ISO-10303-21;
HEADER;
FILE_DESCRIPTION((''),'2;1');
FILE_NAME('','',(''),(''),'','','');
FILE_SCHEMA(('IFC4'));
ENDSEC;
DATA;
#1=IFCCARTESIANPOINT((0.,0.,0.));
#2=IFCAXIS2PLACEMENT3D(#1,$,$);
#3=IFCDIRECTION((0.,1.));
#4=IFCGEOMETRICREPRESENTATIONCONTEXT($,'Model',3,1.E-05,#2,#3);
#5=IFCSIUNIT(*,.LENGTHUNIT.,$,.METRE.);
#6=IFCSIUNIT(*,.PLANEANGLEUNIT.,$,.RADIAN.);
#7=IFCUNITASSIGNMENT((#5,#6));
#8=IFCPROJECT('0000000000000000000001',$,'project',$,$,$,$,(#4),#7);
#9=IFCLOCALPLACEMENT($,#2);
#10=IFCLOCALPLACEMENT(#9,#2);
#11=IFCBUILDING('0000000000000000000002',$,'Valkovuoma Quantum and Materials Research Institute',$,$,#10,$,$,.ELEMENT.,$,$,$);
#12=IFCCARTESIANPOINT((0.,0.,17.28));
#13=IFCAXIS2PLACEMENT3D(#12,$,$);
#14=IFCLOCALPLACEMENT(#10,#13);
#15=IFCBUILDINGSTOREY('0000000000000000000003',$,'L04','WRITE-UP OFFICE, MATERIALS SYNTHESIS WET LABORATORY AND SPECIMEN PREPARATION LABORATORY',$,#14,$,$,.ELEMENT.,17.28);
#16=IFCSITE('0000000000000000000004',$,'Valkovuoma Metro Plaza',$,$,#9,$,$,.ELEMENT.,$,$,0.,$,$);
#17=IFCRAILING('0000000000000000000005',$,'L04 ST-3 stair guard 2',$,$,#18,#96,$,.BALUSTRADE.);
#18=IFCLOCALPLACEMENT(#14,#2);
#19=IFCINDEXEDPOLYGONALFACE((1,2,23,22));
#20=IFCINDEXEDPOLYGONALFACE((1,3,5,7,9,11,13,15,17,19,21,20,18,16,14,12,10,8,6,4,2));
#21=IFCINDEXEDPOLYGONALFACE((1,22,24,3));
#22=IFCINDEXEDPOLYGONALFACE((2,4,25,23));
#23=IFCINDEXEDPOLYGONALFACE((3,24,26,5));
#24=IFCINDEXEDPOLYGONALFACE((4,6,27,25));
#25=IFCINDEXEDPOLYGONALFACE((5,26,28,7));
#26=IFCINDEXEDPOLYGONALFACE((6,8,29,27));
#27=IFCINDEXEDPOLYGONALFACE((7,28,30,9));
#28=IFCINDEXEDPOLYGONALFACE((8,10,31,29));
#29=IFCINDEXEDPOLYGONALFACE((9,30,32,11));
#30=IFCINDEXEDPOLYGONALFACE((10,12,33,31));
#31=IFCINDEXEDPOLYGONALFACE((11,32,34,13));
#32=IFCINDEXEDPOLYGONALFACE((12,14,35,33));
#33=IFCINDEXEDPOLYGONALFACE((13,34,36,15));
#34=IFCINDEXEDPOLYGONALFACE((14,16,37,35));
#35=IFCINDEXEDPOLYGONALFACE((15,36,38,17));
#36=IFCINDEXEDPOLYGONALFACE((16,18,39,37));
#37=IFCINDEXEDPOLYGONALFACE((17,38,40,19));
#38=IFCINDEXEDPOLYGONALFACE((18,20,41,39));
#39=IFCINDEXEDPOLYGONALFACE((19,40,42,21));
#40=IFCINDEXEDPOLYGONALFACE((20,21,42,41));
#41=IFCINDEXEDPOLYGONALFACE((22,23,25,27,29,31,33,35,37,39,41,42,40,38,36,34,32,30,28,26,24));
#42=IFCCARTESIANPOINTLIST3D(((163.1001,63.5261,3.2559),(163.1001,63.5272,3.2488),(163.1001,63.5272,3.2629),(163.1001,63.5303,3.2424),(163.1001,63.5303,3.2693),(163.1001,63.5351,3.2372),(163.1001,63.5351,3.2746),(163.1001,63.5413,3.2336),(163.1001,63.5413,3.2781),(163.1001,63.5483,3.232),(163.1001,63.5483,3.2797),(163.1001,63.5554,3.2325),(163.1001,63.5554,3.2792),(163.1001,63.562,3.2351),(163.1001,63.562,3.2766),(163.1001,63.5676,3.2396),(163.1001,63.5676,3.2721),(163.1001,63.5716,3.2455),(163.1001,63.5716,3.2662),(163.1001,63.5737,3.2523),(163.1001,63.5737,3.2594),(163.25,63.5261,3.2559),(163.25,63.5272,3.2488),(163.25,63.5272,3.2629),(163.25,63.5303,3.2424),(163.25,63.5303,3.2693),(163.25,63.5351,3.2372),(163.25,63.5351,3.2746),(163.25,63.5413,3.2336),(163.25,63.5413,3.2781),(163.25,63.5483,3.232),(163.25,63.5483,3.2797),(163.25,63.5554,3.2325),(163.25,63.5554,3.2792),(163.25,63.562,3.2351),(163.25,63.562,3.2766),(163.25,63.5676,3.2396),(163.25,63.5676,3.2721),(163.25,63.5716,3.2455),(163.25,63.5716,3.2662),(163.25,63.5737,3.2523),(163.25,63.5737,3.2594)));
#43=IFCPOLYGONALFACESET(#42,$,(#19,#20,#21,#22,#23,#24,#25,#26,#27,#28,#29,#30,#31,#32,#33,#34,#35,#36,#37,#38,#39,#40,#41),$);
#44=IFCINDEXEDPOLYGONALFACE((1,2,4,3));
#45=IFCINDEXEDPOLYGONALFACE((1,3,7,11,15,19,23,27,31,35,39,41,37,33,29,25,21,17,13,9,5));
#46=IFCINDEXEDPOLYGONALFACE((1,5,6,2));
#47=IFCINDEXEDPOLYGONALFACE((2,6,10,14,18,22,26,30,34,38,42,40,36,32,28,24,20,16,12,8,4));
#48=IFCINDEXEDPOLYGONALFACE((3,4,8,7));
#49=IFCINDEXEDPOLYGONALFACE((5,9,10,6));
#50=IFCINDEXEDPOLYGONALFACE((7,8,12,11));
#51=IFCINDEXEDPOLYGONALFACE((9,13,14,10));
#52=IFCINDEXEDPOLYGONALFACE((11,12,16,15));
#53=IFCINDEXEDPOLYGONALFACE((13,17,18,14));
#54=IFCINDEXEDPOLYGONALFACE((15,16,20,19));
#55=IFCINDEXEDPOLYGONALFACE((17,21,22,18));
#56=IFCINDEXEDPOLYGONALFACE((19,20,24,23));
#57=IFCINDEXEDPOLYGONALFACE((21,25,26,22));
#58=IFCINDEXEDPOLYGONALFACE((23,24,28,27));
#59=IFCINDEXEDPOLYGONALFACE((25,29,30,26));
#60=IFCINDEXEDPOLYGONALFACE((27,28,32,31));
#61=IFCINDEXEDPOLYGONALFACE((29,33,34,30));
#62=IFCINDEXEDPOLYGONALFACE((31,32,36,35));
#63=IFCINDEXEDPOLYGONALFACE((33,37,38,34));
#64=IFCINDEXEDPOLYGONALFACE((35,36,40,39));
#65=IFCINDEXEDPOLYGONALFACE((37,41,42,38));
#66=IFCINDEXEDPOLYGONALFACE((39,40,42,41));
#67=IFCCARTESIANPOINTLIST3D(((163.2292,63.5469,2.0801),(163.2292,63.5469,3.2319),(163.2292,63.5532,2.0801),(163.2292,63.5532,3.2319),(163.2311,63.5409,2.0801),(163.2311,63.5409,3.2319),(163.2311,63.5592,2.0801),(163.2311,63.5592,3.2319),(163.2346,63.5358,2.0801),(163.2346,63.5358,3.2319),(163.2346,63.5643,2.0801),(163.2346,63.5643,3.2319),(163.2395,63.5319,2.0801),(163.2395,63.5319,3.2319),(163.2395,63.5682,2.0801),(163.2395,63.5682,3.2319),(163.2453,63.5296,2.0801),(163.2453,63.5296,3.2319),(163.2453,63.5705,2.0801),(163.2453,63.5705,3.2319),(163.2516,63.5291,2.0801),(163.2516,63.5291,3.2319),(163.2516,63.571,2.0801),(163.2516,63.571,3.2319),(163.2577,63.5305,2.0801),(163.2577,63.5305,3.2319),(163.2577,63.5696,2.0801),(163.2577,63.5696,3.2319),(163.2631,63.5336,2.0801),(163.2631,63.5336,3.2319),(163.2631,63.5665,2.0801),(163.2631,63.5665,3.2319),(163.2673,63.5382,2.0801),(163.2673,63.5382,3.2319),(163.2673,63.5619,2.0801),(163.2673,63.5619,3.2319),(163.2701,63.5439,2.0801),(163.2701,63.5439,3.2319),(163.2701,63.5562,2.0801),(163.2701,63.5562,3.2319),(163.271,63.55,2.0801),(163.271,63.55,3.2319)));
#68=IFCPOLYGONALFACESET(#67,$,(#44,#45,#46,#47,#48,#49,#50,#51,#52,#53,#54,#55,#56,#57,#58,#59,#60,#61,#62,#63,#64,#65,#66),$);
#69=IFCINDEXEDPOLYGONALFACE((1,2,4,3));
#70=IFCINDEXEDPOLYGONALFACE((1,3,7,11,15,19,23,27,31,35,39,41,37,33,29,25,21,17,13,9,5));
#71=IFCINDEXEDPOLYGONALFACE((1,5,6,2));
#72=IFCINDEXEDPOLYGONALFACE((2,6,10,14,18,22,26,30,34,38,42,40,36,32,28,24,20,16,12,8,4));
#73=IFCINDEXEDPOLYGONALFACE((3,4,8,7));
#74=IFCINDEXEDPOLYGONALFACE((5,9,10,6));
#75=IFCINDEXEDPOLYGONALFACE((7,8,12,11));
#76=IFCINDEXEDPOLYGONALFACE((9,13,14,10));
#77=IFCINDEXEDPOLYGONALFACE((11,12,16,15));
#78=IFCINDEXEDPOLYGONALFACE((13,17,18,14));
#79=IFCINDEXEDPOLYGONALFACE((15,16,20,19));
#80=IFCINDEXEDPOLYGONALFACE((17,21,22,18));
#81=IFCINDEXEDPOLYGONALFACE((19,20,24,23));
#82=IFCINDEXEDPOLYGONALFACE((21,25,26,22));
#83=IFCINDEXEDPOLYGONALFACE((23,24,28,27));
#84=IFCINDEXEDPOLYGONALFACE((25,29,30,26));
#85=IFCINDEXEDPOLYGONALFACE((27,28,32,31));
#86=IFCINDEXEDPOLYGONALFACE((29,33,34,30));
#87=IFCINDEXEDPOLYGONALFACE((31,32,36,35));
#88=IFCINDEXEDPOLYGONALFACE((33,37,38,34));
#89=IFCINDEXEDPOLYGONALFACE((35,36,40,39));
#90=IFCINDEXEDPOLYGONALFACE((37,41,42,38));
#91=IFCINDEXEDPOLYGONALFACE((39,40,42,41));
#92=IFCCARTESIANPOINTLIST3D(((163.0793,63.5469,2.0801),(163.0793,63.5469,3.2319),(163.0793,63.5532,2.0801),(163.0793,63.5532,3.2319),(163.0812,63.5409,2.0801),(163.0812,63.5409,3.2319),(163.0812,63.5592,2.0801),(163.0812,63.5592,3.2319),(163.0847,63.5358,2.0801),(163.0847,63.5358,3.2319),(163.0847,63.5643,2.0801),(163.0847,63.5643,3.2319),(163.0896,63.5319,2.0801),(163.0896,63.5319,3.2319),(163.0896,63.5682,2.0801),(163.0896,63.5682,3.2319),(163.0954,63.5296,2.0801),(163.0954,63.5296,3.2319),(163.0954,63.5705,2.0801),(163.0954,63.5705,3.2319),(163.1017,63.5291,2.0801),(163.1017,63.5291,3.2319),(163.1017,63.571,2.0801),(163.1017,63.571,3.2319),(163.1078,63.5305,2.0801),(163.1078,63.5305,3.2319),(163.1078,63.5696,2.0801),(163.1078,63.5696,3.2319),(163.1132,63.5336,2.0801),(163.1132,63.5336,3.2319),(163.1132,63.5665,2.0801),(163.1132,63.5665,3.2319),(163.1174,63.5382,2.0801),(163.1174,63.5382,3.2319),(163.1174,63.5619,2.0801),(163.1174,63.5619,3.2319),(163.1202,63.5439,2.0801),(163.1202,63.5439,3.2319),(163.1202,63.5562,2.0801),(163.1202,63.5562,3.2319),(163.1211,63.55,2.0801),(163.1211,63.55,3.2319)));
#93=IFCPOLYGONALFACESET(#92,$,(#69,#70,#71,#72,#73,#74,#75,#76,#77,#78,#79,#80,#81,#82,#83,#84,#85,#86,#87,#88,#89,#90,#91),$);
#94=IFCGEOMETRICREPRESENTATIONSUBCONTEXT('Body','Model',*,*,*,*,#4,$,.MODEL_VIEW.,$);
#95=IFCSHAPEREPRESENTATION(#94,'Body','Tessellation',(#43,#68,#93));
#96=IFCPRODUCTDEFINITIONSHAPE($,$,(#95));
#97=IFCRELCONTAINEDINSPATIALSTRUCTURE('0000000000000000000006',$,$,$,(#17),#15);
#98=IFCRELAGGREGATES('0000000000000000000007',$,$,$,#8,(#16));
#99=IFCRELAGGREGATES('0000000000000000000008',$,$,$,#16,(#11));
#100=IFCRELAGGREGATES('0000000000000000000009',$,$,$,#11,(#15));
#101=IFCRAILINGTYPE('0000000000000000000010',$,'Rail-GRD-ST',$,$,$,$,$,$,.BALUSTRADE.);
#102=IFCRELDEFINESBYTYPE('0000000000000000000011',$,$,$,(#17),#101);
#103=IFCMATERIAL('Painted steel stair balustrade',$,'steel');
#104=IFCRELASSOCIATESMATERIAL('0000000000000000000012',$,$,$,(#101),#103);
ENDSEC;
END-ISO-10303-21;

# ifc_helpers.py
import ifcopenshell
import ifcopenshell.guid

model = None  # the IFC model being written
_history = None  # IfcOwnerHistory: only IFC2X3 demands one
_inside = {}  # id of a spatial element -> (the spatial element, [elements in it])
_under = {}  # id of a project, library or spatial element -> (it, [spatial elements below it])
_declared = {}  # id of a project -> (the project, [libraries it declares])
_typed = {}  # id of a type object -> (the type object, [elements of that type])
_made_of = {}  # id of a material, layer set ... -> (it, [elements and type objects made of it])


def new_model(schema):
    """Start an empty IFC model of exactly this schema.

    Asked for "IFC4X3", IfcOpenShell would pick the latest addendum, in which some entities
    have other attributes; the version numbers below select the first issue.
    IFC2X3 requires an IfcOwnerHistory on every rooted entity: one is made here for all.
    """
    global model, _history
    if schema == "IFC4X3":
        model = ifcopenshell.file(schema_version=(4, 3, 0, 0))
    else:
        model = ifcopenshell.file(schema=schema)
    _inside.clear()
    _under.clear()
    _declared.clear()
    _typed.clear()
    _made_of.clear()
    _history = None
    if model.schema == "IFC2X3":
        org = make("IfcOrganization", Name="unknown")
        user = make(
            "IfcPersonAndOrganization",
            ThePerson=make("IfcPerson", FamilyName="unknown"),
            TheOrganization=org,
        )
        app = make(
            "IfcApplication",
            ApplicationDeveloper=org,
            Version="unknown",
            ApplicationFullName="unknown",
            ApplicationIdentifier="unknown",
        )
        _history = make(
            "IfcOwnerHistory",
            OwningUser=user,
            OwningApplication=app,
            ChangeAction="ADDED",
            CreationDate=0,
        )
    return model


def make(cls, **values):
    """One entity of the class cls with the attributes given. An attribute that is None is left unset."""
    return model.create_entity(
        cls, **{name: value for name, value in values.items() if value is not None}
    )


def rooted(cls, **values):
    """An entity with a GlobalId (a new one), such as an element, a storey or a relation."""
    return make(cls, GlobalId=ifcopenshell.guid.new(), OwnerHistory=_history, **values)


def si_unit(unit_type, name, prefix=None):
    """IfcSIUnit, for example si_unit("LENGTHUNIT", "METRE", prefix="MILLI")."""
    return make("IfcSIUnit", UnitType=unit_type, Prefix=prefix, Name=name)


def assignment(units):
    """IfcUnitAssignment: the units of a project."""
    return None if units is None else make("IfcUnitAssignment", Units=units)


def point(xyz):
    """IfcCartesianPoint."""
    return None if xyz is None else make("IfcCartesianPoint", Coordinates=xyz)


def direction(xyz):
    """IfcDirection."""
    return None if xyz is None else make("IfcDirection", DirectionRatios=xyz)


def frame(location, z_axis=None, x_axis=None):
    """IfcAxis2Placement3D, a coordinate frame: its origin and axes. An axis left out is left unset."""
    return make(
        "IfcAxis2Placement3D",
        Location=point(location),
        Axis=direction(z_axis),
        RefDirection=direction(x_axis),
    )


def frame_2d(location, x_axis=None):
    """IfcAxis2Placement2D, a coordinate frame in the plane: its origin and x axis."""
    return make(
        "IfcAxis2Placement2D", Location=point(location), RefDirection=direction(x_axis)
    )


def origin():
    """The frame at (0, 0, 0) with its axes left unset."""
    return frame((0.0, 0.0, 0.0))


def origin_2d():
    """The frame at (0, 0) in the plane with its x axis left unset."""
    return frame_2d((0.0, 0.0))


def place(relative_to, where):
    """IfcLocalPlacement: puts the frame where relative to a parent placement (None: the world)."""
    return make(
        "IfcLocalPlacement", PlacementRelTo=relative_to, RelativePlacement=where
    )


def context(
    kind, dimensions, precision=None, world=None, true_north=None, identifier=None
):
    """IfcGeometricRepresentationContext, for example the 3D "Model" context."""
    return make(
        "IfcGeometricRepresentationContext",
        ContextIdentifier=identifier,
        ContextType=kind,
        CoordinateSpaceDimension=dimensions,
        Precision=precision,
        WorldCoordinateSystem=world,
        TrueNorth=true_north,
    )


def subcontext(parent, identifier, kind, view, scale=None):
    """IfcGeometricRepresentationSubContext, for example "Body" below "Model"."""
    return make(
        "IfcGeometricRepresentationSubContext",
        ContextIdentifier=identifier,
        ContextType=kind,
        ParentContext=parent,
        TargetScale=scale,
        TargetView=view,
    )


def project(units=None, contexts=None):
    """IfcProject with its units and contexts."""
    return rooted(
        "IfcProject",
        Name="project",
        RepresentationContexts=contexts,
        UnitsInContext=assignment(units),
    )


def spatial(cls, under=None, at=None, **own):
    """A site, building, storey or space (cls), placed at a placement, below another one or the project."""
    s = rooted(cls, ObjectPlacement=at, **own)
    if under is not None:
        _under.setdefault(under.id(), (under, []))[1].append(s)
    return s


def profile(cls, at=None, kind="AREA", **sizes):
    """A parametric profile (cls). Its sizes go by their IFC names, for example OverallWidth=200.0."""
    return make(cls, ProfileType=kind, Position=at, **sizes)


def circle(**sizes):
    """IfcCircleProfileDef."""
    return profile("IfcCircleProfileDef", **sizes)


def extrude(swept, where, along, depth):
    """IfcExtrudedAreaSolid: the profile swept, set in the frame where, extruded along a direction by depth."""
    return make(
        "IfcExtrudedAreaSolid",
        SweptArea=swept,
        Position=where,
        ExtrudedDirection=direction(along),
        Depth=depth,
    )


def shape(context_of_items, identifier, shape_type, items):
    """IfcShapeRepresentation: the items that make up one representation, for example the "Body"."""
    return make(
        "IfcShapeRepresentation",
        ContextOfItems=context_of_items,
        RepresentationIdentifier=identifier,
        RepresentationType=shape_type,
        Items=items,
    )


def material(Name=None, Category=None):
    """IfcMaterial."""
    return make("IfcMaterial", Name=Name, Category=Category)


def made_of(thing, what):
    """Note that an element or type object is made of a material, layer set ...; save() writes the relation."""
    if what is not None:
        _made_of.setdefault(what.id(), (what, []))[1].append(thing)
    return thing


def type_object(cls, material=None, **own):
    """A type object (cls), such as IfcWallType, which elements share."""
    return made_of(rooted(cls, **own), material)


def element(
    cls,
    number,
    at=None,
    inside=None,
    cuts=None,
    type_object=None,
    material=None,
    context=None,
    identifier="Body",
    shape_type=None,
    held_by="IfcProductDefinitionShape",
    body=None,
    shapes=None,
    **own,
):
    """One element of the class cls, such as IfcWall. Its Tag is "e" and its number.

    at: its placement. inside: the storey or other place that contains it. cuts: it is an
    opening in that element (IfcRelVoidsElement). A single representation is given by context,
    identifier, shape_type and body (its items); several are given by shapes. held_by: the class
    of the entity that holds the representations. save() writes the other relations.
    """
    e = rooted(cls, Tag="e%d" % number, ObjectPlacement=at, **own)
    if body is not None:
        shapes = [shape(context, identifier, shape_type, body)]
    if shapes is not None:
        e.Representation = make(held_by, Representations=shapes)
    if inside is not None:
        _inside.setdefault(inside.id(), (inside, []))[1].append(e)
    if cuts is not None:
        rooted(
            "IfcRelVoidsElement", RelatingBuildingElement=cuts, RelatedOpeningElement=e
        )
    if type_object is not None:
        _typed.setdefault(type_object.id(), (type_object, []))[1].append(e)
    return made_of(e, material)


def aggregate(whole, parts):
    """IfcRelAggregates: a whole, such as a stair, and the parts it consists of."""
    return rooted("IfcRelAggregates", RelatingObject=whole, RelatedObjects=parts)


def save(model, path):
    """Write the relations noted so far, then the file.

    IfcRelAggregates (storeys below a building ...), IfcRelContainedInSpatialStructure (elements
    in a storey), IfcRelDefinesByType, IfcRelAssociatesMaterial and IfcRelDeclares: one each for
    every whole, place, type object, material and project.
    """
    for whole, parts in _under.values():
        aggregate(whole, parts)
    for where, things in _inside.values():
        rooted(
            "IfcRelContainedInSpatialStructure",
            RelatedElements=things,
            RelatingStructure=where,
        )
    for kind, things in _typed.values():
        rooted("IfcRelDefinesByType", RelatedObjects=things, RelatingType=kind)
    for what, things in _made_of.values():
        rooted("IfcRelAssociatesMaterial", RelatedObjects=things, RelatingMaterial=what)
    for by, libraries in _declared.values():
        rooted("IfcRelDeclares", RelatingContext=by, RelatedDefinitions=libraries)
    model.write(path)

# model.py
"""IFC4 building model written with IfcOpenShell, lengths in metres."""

from ifc_helpers import new_model, si_unit, direction, frame, origin, origin_2d, place, context, subcontext, project, spatial, circle, extrude, material, type_object, element, save


model = new_model("IFC4")

# Units and contexts
model_context = context("Model", 3, precision=1e-05, world=origin(), true_north=direction((0.0, 1.0)))
body_context = subcontext(model_context, "Body", "Model", "MODEL_VIEW")
ifc_project = project(units=[si_unit("LENGTHUNIT", "METRE"), si_unit("PLANEANGLEUNIT", "RADIAN")], contexts=[model_context])

# Site, building, storey
site_placement = place(None, origin())
site = spatial("IfcSite", under=ifc_project, at=site_placement, Name="Valkovuoma Metro Plaza", CompositionType="ELEMENT", RefElevation=0.0)
building_placement = place(site_placement, origin())
building = spatial("IfcBuilding", under=site, at=building_placement, Name="Valkovuoma Quantum and Materials Research Institute", CompositionType="ELEMENT")
storey_placement = place(building_placement, frame((0.0, 0.0, 17.28)))
storey = spatial("IfcBuildingStorey", under=building, at=storey_placement, Name="L04", Description="WRITE-UP OFFICE, MATERIALS SYNTHESIS WET LABORATORY AND SPECIMEN PREPARATION LABORATORY", CompositionType="ELEMENT", Elevation=17.28)

# Railing
ifc_material_1 = material(Name="Painted steel stair balustrade", Category="steel")
railing_type_1 = type_object("IfcRailingType", Name="Rail-GRD-ST", PredefinedType="BALUSTRADE", material=ifc_material_1)
railing_1_placement = place(storey_placement, frame((163.25, 63.55, 2.0801)))
element("IfcRailing", 1, at=railing_1_placement, inside=storey, type_object=railing_type_1, Name="L04 ST-3 stair guard 2", PredefinedType="BALUSTRADE", context=body_context, shape_type="SweptSolid", body=[
    extrude(circle(Radius=0.0239, at=origin_2d()), frame((0.0, 0.0, 1.1758), z_axis=(-1.0, 0.0, 0.0), x_axis=(0.0, -1.0, 0.0)), (0.0, 0.0, 1.0), 0.1499),
    extrude(circle(Radius=0.021, at=origin_2d()), origin(), (0.0, 0.0, 1.0), 1.1519),
    extrude(circle(Radius=0.021, at=origin_2d()), frame((-0.1499, 0.0, 0.0)), (0.0, 0.0, 1.0), 1.1519),
])

save(model, "model.ifc")
